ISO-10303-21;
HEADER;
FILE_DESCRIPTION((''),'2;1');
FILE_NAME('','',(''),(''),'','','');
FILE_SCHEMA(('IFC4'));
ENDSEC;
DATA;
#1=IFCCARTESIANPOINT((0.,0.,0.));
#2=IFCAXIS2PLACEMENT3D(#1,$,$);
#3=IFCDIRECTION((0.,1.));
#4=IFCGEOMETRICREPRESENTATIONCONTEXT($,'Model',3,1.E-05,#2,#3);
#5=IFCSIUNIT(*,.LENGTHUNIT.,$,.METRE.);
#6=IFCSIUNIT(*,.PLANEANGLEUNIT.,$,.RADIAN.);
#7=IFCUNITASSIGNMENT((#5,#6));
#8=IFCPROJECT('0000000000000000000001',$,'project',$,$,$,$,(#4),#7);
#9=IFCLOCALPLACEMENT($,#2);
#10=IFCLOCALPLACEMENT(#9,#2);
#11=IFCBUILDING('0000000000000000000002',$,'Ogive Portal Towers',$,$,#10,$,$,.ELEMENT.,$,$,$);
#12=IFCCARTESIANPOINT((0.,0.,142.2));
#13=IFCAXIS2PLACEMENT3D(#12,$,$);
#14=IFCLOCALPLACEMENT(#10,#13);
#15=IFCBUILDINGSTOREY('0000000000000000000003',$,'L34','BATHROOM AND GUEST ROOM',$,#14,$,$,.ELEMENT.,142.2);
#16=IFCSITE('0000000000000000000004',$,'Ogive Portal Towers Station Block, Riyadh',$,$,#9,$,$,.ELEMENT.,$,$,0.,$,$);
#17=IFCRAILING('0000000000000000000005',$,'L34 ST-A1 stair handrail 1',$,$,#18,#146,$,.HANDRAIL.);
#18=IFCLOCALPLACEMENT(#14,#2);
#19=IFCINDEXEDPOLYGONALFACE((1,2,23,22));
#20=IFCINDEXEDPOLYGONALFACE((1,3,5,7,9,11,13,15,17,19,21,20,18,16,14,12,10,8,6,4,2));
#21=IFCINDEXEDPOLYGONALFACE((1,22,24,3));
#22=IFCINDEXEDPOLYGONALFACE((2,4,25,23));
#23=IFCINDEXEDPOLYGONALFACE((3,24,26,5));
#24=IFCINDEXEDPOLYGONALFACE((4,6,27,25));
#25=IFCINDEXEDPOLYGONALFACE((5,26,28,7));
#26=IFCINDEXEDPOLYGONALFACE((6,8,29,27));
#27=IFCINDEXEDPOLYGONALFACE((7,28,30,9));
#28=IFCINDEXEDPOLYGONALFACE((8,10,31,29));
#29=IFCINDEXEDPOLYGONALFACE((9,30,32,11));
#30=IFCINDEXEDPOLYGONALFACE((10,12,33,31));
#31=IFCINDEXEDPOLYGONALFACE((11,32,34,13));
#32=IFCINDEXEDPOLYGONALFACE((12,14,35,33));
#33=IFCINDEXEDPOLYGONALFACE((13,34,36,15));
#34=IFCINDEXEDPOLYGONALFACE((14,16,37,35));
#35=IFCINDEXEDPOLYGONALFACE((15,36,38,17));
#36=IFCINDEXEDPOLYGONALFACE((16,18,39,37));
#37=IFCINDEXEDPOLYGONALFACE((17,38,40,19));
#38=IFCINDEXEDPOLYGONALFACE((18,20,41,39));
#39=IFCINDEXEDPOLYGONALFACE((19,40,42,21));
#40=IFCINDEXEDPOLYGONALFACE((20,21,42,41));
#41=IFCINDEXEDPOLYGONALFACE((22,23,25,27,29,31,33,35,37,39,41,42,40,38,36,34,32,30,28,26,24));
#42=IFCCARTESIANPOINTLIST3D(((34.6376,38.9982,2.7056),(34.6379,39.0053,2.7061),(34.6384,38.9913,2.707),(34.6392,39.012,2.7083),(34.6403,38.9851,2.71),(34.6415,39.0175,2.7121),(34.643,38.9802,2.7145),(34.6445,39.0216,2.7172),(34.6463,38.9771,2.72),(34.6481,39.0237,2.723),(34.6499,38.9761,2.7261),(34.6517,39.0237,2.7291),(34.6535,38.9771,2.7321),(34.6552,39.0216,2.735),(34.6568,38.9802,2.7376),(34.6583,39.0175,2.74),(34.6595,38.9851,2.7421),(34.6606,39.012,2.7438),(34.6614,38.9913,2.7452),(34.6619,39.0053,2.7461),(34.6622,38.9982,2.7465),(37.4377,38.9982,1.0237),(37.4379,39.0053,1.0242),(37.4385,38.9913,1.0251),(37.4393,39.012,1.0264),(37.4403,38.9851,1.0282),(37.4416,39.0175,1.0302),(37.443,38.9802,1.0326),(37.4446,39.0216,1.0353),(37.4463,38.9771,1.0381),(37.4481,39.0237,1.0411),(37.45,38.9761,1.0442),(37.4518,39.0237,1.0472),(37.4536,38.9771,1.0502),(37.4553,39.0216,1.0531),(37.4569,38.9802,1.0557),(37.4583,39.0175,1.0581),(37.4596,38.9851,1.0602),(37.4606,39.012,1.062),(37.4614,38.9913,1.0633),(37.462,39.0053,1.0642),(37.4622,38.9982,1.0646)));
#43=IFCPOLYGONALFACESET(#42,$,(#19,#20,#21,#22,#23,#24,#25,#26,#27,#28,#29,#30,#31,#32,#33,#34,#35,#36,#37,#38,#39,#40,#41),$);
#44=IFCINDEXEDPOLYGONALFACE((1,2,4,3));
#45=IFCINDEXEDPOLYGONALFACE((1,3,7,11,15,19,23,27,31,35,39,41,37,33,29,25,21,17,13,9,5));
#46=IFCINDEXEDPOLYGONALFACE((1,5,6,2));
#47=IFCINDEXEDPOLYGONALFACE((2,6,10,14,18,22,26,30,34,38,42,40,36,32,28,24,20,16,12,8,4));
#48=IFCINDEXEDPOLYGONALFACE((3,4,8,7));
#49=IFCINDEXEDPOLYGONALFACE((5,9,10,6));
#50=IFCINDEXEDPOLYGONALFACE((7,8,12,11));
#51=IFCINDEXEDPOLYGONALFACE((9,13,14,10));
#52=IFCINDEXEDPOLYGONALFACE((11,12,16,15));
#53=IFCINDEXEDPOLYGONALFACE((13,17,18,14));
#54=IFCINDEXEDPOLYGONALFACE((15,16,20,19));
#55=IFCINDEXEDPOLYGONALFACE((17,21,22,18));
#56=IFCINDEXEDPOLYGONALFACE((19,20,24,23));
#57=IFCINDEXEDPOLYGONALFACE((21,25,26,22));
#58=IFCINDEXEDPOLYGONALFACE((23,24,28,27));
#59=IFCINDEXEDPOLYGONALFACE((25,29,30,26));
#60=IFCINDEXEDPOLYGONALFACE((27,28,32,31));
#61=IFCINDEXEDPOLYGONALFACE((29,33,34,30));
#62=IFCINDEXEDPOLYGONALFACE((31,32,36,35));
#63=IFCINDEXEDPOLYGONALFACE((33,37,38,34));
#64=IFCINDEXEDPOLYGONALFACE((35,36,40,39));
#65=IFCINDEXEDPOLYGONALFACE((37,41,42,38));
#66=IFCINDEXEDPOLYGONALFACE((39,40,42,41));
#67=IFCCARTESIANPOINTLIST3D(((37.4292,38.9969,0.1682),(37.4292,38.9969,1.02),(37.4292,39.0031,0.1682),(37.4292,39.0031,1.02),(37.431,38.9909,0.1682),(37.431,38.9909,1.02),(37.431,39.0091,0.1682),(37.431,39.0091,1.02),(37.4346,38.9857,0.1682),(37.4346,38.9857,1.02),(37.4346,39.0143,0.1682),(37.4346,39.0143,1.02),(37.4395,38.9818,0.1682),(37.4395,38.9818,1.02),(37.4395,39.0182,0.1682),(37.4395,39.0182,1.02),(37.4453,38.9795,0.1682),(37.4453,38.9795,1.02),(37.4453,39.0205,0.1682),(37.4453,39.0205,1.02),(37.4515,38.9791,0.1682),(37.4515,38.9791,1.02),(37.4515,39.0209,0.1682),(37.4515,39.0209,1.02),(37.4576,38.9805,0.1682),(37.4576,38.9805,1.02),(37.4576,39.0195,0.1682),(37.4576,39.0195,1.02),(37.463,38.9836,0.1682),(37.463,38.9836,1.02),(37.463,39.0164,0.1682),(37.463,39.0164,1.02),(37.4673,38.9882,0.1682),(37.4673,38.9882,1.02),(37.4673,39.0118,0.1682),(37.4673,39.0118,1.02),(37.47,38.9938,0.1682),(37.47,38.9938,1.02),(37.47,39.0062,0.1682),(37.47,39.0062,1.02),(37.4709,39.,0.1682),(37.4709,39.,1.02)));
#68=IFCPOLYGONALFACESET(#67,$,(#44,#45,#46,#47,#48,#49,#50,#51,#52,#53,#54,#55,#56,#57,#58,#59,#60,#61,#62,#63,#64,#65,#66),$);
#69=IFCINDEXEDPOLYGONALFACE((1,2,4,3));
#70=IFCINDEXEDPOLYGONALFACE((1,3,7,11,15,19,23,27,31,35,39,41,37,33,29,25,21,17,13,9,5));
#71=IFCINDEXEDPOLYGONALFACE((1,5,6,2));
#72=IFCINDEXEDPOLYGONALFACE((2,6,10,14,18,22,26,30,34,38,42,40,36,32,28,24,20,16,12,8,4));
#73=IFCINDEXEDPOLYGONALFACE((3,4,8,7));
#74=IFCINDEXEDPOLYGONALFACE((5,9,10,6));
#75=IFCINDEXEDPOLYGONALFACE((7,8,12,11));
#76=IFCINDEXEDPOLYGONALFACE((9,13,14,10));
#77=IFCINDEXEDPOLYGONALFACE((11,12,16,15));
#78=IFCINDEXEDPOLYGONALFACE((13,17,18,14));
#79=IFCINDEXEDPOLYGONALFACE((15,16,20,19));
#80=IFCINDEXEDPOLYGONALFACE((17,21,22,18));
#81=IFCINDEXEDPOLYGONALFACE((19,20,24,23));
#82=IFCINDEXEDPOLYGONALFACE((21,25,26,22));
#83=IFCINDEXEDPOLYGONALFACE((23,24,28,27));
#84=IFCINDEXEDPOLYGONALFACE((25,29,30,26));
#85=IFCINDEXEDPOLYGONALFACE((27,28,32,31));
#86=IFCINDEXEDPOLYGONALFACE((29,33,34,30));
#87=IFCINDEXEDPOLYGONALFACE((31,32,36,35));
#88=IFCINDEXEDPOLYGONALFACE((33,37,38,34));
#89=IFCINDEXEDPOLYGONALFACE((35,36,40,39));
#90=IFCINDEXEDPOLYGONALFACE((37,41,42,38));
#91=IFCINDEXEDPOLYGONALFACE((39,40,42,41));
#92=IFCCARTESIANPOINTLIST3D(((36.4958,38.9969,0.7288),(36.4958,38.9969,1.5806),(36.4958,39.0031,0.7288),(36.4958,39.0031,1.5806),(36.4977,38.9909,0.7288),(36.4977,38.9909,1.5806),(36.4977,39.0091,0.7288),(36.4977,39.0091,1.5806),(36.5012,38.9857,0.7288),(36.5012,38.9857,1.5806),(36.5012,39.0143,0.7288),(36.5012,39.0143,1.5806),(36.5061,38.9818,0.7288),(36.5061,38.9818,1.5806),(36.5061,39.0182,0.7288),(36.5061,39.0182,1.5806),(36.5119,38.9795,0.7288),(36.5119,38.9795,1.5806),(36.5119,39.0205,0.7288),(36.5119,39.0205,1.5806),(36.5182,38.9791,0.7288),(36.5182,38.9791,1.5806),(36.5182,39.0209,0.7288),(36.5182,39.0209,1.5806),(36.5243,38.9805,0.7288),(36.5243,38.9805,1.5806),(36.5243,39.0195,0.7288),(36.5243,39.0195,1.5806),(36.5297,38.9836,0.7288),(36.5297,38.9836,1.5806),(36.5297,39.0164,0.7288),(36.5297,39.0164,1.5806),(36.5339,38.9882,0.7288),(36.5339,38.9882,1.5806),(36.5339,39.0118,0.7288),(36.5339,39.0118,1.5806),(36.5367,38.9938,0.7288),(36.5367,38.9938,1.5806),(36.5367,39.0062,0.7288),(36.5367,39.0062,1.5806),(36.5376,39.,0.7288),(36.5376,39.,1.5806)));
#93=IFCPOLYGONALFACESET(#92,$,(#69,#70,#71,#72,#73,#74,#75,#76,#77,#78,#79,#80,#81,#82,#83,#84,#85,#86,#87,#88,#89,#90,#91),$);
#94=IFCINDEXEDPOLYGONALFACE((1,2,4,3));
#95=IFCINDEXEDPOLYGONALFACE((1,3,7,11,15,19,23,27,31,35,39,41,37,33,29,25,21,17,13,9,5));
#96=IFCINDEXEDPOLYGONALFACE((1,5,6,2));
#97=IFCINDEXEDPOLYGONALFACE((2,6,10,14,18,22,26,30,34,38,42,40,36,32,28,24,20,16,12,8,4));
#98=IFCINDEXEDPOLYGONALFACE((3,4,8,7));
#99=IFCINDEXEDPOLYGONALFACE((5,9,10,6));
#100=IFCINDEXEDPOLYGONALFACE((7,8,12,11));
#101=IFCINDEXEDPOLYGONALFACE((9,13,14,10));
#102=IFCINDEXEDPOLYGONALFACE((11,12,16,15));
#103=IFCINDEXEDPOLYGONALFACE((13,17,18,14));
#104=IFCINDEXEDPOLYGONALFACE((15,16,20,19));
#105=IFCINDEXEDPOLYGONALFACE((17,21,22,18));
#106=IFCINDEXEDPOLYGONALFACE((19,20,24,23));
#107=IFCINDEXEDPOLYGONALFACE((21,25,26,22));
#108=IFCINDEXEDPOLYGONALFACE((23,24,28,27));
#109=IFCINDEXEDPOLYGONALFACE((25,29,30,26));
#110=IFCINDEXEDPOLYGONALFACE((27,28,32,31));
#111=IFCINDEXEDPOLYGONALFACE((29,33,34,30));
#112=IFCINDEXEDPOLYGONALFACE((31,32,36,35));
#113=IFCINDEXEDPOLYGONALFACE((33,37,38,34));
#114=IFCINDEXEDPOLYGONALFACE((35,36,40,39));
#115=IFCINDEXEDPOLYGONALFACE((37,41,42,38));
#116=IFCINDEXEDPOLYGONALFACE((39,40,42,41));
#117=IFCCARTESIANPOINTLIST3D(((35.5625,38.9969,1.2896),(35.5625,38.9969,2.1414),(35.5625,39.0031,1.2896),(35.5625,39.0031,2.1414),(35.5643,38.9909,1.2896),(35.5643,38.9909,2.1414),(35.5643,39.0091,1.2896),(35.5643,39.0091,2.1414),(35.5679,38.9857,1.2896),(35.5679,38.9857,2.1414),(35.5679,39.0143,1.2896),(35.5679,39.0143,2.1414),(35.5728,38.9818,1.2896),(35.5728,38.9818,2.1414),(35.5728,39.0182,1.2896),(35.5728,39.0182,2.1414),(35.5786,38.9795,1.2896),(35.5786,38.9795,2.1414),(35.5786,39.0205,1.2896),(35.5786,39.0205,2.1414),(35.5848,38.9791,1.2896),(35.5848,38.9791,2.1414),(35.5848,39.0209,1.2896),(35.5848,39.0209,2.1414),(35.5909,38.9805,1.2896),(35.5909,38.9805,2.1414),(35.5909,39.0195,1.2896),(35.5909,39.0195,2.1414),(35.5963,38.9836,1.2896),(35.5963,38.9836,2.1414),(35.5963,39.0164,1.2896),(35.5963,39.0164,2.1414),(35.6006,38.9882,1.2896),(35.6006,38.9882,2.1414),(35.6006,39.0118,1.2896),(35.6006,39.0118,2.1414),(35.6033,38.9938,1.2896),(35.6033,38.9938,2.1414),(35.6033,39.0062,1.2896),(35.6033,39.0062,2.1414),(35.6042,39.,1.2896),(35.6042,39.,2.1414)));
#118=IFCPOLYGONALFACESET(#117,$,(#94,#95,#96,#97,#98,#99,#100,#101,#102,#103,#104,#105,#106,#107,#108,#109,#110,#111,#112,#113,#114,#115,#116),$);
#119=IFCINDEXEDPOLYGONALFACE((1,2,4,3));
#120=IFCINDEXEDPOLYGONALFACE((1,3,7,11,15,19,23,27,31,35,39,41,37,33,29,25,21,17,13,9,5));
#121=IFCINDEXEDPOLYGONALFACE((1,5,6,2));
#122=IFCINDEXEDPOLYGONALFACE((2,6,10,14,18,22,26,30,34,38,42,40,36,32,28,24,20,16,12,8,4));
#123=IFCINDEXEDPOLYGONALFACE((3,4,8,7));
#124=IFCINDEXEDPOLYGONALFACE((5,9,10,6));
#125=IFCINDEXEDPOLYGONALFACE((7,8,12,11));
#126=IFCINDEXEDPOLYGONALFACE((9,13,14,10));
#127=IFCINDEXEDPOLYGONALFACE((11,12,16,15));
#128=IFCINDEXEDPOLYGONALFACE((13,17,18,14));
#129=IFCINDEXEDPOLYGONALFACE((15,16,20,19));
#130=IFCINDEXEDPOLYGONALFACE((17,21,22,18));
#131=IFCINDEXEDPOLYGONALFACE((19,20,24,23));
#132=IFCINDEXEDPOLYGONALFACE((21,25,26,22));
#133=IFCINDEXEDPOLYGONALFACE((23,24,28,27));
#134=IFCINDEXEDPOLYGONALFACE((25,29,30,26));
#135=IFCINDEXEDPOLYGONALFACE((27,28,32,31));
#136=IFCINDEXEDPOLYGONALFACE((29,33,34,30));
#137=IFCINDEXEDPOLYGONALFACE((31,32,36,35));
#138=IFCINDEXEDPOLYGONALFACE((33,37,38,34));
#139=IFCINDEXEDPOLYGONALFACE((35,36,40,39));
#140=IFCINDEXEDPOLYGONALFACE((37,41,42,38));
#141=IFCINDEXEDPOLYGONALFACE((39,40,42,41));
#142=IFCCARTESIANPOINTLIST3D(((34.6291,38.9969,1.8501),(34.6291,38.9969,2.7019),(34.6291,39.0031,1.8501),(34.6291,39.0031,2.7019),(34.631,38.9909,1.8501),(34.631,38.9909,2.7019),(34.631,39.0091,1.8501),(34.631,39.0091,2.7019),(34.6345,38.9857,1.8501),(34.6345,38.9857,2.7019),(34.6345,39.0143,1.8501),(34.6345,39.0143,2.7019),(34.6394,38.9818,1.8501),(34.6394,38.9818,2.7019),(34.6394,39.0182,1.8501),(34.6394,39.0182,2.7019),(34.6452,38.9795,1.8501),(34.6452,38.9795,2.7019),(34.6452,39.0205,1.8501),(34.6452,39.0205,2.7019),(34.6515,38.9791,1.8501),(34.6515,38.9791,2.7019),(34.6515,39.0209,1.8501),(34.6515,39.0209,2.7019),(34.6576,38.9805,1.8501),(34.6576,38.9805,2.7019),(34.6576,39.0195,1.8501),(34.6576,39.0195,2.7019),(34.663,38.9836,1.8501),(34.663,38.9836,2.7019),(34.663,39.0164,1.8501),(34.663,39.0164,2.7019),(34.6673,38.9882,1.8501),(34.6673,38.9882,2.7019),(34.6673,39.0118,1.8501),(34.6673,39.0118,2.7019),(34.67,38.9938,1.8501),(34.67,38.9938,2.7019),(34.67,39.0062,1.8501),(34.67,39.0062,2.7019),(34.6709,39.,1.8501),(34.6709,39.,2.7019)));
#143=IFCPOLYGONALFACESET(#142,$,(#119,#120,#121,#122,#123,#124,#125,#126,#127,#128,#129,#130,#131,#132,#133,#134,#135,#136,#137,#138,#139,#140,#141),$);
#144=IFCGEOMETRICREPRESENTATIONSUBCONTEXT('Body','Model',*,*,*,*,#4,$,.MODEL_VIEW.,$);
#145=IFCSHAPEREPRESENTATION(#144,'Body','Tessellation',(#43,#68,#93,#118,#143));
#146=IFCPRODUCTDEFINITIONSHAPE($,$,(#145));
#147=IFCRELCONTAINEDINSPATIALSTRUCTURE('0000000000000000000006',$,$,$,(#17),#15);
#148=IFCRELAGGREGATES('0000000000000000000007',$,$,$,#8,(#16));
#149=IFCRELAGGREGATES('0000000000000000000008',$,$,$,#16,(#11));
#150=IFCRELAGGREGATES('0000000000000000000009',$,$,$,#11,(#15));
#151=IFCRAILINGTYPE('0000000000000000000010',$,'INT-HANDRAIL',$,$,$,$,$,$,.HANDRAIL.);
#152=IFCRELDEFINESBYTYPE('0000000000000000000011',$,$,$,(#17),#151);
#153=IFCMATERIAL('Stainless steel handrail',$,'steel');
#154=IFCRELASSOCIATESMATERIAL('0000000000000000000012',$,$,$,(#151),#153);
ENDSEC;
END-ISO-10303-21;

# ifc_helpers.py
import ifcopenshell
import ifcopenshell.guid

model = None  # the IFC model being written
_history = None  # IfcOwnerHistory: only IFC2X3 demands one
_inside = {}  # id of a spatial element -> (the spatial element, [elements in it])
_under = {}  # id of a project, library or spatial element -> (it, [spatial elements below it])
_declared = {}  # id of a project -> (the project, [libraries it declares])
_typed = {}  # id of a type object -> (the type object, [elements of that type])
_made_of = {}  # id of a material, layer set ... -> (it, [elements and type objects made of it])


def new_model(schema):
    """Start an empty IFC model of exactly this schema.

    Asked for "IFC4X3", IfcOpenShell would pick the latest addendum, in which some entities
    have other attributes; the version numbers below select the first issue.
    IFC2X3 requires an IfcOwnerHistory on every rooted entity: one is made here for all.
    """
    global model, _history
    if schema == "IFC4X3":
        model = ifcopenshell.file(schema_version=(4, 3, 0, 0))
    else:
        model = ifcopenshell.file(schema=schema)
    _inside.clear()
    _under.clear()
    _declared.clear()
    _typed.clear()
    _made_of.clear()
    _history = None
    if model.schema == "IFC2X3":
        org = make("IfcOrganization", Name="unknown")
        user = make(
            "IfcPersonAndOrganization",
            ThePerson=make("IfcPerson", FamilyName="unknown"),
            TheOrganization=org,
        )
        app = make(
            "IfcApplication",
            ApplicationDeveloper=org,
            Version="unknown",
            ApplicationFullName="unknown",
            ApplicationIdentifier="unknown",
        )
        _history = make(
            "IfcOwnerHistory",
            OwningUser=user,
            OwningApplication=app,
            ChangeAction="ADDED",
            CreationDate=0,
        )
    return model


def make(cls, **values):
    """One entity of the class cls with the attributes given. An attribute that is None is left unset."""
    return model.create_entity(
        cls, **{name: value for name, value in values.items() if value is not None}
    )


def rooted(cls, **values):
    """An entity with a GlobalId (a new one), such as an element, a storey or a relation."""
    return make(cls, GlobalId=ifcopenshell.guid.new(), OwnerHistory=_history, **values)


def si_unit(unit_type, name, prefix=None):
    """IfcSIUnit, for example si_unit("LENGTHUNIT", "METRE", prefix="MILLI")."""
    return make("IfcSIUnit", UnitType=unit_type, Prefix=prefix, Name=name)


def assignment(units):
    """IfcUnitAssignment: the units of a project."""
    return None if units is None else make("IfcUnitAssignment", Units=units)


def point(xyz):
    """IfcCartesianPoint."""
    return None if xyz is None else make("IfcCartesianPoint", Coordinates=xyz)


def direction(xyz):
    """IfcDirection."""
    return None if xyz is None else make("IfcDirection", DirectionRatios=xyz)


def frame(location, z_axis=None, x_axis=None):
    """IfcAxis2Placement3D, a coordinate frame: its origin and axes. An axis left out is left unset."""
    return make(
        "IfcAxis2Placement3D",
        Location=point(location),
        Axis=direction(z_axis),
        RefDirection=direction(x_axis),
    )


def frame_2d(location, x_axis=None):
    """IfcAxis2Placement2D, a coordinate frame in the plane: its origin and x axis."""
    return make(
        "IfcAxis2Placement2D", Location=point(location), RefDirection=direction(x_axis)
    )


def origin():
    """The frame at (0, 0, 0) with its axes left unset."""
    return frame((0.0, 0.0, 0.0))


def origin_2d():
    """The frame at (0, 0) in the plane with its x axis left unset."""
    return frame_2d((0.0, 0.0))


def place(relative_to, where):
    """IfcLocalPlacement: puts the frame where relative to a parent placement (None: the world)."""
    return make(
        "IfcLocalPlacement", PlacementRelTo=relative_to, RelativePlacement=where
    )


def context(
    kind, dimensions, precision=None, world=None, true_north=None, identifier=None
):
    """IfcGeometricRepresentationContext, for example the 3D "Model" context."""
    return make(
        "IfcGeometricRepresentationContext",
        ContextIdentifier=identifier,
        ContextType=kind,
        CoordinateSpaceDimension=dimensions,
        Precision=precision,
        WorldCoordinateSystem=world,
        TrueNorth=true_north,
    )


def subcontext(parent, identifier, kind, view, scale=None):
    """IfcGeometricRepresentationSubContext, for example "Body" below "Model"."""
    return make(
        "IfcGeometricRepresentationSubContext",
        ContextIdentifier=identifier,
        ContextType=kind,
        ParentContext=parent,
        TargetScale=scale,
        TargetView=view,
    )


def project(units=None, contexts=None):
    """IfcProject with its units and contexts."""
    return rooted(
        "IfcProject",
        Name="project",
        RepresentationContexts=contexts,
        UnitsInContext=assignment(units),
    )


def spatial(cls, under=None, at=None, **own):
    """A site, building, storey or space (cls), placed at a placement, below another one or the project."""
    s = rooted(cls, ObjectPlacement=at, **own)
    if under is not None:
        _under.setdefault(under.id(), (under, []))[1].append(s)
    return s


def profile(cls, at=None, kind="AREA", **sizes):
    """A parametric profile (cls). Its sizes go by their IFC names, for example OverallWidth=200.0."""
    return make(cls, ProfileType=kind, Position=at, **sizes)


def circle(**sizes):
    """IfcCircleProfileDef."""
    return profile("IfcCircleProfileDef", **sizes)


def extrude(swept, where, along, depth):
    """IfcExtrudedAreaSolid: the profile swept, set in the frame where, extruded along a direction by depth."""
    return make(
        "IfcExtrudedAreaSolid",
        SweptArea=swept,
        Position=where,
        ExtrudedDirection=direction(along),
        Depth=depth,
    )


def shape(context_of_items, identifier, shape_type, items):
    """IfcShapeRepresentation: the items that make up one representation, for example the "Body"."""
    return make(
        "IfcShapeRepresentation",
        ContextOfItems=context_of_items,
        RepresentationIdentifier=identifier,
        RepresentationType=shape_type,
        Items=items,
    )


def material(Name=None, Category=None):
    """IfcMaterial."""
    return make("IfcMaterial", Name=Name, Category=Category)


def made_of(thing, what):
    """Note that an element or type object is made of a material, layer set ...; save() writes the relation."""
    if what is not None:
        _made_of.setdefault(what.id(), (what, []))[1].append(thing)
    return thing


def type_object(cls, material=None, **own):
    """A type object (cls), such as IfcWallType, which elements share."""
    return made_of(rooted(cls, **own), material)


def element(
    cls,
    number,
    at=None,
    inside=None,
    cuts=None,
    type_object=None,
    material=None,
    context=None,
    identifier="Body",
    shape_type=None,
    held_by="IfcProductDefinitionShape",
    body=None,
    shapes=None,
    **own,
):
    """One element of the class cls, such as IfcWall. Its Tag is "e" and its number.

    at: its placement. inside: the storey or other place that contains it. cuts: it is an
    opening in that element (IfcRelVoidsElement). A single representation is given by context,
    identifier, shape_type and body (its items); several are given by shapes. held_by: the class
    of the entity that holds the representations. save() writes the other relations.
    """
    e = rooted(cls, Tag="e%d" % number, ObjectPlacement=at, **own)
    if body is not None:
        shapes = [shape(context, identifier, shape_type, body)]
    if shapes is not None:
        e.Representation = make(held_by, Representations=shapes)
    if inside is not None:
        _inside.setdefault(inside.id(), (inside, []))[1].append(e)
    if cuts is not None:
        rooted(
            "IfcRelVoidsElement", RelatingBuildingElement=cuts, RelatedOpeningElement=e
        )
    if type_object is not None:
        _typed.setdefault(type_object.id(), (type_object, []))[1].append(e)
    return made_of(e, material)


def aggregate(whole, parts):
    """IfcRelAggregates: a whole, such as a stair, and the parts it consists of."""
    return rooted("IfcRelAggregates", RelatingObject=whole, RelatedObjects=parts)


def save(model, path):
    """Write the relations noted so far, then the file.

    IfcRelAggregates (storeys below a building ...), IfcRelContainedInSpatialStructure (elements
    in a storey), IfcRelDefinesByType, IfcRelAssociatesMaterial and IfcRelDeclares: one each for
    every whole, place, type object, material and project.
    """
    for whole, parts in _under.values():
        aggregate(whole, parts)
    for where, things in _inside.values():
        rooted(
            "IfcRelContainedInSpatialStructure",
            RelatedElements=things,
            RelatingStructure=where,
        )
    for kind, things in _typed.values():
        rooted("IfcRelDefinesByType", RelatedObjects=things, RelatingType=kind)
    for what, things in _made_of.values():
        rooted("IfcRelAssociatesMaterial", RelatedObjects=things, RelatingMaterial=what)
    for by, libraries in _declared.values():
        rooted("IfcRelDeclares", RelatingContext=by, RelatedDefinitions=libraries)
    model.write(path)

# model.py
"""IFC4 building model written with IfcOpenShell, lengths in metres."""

from ifc_helpers import new_model, si_unit, direction, frame, origin, origin_2d, place, context, subcontext, project, spatial, circle, extrude, material, type_object, element, save


model = new_model("IFC4")

# Units and contexts
model_context = context("Model", 3, precision=1e-05, world=origin(), true_north=direction((0.0, 1.0)))
body_context = subcontext(model_context, "Body", "Model", "MODEL_VIEW")
ifc_project = project(units=[si_unit("LENGTHUNIT", "METRE"), si_unit("PLANEANGLEUNIT", "RADIAN")], contexts=[model_context])

# Site, building, storey
site_placement = place(None, origin())
site = spatial("IfcSite", under=ifc_project, at=site_placement, Name="Ogive Portal Towers Station Block, Riyadh", CompositionType="ELEMENT", RefElevation=0.0)
building_placement = place(site_placement, origin())
building = spatial("IfcBuilding", under=site, at=building_placement, Name="Ogive Portal Towers", CompositionType="ELEMENT")
storey_placement = place(building_placement, frame((0.0, 0.0, 142.2)))
storey = spatial("IfcBuildingStorey", under=building, at=storey_placement, Name="L34", Description="BATHROOM AND GUEST ROOM", CompositionType="ELEMENT", Elevation=142.2)

# Railing
ifc_material_1 = material(Name="Stainless steel handrail", Category="steel")
railing_type_1 = type_object("IfcRailingType", Name="INT-HANDRAIL", PredefinedType="HANDRAIL", material=ifc_material_1)
railing_1_placement = place(storey_placement, frame((37.45, 39.0, 0.1682)))
element("IfcRailing", 1, at=railing_1_placement, inside=storey, type_object=railing_type_1, Name="L34 ST-A1 stair handrail 1", PredefinedType="HANDRAIL", context=body_context, shape_type="SweptSolid", body=[
    extrude(circle(Radius=0.0239, at=origin_2d()), frame((0.0, 0.0, 0.876), z_axis=(-0.857242, 0.0, 0.514913), x_axis=(0.0, -1.0, 0.0)), (0.0, 0.0, 1.0), 3.2664),
    extrude(circle(Radius=0.021, at=origin_2d()), origin(), (0.0, 0.0, 1.0), 0.8518),
    extrude(circle(Radius=0.021, at=origin_2d()), frame((-0.9333, 0.0, 0.5605)), (0.0, 0.0, 1.0), 0.8518),
    extrude(circle(Radius=0.021, at=origin_2d()), frame((-1.8667, 0.0, 1.1213)), (0.0, 0.0, 1.0), 0.8518),
    extrude(circle(Radius=0.021, at=origin_2d()), frame((-2.8, 0.0, 1.6819)), (0.0, 0.0, 1.0), 0.8518),
])

save(model, "model.ifc")
